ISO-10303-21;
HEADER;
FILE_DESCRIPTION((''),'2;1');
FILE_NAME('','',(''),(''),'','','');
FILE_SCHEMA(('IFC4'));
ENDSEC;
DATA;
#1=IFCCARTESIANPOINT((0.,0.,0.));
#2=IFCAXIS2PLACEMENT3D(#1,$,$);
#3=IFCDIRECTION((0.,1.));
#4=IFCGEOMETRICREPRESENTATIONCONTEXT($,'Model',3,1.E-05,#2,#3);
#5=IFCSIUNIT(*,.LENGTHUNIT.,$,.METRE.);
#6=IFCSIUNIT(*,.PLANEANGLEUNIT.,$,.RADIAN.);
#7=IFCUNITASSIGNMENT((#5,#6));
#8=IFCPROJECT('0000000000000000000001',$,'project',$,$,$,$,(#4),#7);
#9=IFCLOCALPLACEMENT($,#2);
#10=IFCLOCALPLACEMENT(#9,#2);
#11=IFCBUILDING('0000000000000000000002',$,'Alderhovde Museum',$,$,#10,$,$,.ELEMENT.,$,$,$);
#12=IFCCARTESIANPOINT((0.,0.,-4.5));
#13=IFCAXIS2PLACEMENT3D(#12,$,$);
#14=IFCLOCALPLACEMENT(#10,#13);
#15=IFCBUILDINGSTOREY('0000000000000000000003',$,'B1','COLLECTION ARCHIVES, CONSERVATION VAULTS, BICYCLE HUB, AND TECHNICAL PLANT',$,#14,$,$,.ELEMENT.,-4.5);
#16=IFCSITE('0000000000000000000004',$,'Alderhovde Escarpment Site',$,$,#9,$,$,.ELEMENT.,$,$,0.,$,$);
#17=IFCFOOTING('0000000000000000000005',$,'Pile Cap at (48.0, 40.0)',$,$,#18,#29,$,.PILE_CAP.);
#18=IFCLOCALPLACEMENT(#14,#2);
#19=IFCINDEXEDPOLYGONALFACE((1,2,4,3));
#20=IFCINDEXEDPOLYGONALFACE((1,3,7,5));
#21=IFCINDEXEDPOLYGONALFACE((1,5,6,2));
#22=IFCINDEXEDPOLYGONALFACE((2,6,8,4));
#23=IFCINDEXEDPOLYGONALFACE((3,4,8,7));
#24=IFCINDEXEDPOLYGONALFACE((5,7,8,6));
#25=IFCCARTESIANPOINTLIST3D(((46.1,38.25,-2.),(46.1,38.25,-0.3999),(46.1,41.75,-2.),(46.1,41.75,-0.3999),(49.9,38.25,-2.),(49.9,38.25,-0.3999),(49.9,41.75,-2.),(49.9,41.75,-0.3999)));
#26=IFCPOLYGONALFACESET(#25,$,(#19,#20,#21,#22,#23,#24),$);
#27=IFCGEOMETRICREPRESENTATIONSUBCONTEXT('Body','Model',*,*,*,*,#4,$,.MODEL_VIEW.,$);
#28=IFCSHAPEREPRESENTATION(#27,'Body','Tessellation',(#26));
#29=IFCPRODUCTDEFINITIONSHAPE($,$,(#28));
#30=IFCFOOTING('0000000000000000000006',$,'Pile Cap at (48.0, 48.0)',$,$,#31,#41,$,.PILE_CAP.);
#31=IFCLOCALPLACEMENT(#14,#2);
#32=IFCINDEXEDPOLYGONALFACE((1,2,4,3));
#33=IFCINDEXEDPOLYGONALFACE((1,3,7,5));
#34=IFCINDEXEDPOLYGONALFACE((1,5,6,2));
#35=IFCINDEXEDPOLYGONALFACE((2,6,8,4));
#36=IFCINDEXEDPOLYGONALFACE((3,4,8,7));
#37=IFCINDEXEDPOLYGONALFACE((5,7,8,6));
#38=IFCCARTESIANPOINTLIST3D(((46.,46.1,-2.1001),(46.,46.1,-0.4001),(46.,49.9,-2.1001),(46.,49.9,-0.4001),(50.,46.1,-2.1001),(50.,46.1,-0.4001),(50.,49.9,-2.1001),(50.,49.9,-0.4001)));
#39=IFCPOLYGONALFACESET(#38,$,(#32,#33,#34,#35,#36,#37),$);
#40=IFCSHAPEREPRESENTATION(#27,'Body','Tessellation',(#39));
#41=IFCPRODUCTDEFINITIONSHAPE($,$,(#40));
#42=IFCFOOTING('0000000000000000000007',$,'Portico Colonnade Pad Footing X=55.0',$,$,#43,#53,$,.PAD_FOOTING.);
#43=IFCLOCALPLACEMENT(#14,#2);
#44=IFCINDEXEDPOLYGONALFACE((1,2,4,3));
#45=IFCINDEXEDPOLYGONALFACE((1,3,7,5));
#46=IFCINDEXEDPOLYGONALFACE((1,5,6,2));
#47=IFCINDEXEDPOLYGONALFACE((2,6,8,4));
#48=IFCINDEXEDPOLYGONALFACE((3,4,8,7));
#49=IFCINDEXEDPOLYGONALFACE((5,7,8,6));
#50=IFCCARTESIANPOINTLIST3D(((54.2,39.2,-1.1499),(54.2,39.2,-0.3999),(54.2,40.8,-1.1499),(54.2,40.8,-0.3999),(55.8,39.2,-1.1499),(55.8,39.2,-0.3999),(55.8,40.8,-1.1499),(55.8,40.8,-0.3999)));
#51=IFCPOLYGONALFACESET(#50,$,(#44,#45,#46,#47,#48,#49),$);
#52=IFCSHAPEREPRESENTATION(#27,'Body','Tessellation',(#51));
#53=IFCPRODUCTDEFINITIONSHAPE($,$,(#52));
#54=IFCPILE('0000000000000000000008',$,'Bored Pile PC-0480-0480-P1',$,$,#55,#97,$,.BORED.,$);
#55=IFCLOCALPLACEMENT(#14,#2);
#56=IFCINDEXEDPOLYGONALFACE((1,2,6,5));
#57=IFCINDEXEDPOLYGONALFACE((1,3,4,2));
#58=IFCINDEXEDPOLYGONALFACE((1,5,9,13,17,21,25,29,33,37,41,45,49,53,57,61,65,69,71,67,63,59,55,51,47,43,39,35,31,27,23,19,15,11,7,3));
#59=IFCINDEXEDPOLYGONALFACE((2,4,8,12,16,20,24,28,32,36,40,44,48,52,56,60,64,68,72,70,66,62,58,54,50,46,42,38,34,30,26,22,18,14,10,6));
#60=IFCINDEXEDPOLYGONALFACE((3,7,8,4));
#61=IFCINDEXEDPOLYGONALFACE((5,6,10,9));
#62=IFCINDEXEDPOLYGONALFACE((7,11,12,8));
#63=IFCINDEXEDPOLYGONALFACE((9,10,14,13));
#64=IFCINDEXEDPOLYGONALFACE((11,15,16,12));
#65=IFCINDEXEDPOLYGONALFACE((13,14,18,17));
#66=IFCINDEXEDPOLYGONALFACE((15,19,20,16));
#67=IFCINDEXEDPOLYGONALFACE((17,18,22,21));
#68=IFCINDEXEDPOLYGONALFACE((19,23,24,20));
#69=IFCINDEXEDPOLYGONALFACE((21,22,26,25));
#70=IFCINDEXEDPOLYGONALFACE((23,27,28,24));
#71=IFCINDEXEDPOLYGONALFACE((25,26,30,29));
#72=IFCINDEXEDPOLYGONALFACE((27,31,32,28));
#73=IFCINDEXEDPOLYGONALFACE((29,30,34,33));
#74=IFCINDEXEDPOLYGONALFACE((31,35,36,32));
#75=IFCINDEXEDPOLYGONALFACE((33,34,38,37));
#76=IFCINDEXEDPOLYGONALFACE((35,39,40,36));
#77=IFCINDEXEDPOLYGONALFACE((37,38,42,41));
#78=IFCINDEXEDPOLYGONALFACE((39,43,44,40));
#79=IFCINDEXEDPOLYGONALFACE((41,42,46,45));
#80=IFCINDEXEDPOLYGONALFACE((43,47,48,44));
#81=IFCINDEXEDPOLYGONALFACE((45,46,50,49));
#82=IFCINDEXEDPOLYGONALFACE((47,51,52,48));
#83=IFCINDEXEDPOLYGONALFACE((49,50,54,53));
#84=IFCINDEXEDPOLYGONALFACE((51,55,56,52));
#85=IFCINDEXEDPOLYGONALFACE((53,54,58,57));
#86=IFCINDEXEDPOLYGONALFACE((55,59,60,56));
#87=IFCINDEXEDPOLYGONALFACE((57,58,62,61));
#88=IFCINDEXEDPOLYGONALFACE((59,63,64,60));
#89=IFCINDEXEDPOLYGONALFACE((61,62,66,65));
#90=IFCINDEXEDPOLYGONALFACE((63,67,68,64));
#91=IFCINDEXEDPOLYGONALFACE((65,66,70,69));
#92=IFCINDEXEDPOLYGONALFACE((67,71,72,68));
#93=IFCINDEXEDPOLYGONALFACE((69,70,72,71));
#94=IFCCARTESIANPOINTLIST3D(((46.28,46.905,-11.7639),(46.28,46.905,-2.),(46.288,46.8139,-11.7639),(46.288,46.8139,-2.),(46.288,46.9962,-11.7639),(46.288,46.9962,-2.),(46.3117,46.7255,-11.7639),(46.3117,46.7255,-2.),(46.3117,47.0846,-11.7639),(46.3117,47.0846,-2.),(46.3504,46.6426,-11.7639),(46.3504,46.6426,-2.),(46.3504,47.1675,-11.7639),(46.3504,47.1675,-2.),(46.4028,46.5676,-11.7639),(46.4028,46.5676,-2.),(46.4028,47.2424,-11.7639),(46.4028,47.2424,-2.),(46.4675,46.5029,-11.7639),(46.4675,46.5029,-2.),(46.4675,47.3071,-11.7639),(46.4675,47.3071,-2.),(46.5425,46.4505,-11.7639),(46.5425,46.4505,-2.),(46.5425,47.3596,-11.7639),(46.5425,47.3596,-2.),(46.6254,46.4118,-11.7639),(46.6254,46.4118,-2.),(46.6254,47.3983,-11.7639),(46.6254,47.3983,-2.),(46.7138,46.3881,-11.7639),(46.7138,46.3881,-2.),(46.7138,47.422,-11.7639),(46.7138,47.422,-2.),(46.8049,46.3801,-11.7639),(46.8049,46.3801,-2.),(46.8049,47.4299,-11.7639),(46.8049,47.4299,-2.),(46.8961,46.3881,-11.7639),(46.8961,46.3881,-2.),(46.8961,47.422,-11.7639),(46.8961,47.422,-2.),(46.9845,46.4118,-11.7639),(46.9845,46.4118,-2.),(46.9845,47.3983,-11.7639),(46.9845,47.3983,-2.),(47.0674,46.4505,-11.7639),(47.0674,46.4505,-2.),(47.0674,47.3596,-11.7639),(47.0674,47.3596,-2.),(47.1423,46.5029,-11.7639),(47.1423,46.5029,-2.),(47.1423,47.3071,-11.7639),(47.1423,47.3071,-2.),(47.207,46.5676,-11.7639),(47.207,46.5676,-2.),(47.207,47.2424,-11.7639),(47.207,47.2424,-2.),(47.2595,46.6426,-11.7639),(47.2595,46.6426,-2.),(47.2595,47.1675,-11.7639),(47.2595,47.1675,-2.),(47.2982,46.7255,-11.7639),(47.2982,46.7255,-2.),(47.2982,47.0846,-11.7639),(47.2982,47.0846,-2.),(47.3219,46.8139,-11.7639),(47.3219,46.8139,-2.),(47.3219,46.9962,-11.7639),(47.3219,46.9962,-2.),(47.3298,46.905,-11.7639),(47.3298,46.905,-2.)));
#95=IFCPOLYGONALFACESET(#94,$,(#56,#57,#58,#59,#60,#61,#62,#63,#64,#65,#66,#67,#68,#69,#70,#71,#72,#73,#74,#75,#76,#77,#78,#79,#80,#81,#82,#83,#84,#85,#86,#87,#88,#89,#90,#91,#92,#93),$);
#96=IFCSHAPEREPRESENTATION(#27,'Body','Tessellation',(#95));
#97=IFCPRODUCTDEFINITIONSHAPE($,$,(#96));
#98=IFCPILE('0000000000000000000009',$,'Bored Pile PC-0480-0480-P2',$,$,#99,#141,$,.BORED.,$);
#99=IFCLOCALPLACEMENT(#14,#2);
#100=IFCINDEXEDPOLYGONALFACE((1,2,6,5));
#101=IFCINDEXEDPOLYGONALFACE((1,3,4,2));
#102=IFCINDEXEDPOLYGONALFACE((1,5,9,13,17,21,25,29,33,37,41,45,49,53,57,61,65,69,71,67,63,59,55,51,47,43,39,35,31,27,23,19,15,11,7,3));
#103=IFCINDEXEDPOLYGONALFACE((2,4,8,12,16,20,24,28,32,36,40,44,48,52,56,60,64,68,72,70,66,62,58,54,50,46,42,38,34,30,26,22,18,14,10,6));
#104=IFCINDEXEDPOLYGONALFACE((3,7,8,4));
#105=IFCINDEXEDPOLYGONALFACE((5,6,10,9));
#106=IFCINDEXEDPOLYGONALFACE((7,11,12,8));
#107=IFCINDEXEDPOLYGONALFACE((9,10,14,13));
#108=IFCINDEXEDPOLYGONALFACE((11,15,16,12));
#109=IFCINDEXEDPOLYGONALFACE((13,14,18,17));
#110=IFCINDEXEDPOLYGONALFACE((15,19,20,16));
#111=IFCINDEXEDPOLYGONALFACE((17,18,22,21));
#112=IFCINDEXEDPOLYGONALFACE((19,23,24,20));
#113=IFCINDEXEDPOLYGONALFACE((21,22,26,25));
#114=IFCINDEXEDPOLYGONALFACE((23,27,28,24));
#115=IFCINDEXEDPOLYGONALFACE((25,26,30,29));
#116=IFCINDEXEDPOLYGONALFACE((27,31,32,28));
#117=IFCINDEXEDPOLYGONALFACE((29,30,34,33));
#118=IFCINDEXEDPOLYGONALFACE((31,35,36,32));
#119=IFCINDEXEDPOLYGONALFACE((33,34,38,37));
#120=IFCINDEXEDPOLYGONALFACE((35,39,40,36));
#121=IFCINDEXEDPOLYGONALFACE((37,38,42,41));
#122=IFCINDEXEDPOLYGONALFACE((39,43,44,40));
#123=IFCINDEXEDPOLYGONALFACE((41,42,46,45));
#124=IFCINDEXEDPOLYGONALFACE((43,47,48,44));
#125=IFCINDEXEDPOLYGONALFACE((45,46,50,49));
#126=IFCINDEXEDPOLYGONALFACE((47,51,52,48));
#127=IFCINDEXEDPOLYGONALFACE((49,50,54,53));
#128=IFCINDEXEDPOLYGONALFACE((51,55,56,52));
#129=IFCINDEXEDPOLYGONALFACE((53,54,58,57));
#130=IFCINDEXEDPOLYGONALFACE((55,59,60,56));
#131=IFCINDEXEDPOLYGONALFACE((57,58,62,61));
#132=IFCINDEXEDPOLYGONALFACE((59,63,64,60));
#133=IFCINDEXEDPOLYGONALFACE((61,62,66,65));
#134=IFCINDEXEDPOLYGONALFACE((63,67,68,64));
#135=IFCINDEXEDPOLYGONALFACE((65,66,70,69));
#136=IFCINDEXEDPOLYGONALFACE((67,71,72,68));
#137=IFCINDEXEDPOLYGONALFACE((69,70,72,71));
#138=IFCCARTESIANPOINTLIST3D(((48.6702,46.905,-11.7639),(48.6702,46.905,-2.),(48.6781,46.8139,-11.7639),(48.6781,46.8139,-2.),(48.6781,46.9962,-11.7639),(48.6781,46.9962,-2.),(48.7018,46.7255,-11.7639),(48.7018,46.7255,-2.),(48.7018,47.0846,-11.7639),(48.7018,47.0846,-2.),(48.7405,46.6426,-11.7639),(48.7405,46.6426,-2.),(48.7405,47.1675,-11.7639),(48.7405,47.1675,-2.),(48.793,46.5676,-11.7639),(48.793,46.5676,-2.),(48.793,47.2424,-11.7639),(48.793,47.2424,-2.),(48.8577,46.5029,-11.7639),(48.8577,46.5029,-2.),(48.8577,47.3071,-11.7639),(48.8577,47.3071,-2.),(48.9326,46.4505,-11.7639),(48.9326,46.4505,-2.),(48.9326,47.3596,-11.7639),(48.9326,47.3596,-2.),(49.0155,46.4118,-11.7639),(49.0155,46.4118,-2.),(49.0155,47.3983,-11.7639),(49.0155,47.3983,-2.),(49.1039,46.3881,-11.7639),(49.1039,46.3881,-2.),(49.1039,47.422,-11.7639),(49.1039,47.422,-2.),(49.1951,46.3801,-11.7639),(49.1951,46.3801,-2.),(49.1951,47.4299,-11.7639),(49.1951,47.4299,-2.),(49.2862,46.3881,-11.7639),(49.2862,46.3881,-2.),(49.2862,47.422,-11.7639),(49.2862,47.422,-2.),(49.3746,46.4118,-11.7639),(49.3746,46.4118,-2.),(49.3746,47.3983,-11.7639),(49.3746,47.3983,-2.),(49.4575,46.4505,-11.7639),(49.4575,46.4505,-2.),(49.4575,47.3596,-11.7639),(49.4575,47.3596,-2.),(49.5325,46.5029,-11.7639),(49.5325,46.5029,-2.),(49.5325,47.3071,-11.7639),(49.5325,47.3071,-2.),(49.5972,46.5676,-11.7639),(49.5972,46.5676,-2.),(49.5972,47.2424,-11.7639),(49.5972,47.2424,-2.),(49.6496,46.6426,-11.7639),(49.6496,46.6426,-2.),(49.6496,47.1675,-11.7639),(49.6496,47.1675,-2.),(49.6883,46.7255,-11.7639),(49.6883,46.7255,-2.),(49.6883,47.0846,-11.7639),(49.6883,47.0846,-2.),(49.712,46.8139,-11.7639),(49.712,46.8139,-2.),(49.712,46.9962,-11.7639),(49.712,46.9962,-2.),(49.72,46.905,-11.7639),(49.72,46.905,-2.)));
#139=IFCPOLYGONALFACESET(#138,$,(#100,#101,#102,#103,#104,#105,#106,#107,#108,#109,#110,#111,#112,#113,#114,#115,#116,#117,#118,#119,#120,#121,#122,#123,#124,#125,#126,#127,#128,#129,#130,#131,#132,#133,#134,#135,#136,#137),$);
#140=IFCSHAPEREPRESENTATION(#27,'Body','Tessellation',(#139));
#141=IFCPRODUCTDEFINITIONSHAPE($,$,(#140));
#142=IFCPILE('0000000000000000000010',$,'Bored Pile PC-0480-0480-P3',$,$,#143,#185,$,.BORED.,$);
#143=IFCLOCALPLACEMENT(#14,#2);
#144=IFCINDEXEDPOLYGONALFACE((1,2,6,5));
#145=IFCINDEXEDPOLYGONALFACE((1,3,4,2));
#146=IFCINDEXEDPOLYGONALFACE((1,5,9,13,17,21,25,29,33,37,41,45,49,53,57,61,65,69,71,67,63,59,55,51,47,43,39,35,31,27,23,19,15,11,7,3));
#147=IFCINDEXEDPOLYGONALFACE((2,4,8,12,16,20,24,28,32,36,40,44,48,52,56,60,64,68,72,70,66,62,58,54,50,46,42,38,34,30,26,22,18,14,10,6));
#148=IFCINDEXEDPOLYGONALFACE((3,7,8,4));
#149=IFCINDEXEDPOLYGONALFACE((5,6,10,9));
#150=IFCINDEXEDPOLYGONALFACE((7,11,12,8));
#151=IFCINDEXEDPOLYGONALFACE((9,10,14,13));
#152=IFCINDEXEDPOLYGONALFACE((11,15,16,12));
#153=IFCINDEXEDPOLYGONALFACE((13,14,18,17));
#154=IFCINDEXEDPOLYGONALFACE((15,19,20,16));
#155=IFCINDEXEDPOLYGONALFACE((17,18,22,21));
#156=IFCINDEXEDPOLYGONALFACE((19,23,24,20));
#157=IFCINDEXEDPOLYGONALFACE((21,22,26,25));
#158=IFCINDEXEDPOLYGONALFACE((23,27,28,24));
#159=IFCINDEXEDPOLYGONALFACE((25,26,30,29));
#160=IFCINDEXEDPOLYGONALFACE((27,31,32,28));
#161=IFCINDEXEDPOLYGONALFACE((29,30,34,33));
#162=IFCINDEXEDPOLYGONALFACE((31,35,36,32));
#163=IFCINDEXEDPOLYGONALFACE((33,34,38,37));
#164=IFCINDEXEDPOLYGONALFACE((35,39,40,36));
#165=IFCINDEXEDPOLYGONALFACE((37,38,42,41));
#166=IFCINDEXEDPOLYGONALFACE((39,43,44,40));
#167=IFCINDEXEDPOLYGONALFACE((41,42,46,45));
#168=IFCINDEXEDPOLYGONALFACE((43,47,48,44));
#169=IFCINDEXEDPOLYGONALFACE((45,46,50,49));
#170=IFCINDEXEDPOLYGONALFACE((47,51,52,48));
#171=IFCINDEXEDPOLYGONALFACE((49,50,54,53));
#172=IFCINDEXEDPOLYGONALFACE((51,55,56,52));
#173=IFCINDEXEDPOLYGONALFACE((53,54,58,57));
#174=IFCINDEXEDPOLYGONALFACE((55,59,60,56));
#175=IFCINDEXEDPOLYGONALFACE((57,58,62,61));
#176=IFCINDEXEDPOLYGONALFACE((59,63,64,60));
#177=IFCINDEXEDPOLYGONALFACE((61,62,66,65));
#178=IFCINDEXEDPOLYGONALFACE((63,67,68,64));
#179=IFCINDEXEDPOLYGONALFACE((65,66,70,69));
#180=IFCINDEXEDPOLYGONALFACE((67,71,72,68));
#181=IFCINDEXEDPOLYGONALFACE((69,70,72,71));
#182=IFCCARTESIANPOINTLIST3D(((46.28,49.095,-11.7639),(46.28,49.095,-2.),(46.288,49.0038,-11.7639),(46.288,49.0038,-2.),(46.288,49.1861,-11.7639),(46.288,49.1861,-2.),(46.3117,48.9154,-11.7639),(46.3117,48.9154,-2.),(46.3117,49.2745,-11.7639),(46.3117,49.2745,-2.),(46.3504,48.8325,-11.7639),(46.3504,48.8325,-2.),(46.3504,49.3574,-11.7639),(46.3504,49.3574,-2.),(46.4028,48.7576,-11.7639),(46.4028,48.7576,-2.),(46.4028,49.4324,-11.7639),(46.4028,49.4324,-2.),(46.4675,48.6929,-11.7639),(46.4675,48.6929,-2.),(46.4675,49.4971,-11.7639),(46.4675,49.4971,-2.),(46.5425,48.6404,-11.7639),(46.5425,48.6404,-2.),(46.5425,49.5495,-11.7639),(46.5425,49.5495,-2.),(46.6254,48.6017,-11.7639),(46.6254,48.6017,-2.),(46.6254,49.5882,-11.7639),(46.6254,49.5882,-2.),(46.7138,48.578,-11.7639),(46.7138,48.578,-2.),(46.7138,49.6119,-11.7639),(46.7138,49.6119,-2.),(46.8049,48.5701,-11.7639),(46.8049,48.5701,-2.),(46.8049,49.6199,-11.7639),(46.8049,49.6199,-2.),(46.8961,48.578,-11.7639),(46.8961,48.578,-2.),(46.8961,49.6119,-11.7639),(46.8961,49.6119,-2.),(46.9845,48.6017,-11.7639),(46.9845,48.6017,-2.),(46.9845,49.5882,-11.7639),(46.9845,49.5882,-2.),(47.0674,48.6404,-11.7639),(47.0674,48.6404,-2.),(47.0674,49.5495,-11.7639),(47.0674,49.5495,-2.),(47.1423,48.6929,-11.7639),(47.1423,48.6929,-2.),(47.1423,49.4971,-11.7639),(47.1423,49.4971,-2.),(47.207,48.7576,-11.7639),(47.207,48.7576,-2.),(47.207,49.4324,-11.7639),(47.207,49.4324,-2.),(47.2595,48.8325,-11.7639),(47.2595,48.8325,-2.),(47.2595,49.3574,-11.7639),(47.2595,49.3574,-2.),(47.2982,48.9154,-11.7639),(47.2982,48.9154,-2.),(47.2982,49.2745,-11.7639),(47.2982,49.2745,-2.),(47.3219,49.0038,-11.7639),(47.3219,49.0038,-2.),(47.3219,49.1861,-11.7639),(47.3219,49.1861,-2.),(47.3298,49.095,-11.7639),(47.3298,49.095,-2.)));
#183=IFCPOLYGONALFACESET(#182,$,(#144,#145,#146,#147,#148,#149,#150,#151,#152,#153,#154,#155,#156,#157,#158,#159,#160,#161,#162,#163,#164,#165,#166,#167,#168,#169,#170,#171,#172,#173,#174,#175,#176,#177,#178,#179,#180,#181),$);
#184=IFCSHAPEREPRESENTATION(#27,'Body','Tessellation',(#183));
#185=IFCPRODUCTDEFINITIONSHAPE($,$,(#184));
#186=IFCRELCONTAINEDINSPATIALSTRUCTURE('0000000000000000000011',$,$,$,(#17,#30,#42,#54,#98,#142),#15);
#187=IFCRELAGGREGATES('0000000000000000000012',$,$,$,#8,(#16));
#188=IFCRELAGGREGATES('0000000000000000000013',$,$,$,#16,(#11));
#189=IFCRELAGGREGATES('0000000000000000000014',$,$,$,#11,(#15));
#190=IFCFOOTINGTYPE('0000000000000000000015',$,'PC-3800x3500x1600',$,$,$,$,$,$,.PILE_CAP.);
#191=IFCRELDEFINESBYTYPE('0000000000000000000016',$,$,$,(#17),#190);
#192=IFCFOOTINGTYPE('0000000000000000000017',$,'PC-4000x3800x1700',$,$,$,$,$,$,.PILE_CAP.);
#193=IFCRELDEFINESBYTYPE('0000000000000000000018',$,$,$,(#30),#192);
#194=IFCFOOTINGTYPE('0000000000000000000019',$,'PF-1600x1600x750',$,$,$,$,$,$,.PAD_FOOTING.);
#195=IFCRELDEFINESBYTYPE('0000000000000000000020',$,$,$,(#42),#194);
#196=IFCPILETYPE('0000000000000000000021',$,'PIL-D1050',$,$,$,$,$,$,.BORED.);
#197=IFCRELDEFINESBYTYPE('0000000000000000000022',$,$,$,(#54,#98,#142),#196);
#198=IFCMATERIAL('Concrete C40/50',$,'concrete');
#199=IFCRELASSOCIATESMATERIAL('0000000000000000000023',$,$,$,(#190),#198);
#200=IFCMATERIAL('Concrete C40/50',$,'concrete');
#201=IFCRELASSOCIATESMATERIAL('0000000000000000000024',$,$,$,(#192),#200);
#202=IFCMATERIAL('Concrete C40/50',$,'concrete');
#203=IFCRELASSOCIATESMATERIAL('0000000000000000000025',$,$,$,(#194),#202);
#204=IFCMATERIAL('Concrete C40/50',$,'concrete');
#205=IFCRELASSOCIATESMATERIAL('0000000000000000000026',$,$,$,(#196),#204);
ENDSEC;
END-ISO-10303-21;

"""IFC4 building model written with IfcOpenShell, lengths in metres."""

from ifc_helpers import new_model, si_unit, direction, frame, origin, origin_2d, place, context, subcontext, project, spatial, rectangle, circle, extrude, material, material_profile, profile_set, type_object, element, save


model = new_model("IFC4")

# Units and contexts
model_context = context("Model", 3, precision=1e-05, world=origin(), true_north=direction((0.0, 1.0)))
body_context = subcontext(model_context, "Body", "Model", "MODEL_VIEW")
ifc_project = project(units=[si_unit("LENGTHUNIT", "METRE"), si_unit("PLANEANGLEUNIT", "RADIAN")], contexts=[model_context])

# Site, building, storey
site_placement = place(None, origin())
site = spatial("IfcSite", under=ifc_project, at=site_placement, Name="Alderhovde Escarpment Site", CompositionType="ELEMENT", RefElevation=0.0)
building_placement = place(site_placement, origin())
building = spatial("IfcBuilding", under=site, at=building_placement, Name="Alderhovde Museum", CompositionType="ELEMENT")
storey_placement = place(building_placement, frame((0.0, 0.0, -4.5)))
storey = spatial("IfcBuildingStorey", under=building, at=storey_placement, Name="B1", Description="COLLECTION ARCHIVES, CONSERVATION VAULTS, BICYCLE HUB, AND TECHNICAL PLANT", CompositionType="ELEMENT", Elevation=-4.5)

# Footings
ifc_material_1 = material(Name="Concrete C40/50", Category="concrete")
footing_type_1 = type_object("IfcFootingType", Name="PC-3800x3500x1600", PredefinedType="PILE_CAP", material=ifc_material_1)
footing_1_placement = place(storey_placement, frame((48.0, 40.0, -2.0), z_axis=(0.0, 0.0, 1.0), x_axis=(1.0, 0.0, 0.0)))
element("IfcFooting", 1, at=footing_1_placement, inside=storey, type_object=footing_type_1, Name="Pile Cap at (48.0, 40.0)", PredefinedType="PILE_CAP", context=body_context, shape_type="SweptSolid", body=[
    extrude(rectangle(XDim=3.8, YDim=3.5, at=origin_2d()), origin(), (0.0, 0.0, 1.0), 1.6001),
])
ifc_material_2 = material(Name="Concrete C40/50", Category="concrete")
footing_type_2 = type_object("IfcFootingType", Name="PC-4000x3800x1700", PredefinedType="PILE_CAP", material=ifc_material_2)
footing_2_placement = place(storey_placement, frame((48.0, 48.0, -2.1001), z_axis=(0.0, 0.0, 1.0), x_axis=(1.0, 0.0, 0.0)))
element("IfcFooting", 2, at=footing_2_placement, inside=storey, type_object=footing_type_2, Name="Pile Cap at (48.0, 48.0)", PredefinedType="PILE_CAP", context=body_context, shape_type="SweptSolid", body=[
    extrude(rectangle(XDim=4.0, YDim=3.8, at=origin_2d()), origin(), (0.0, 0.0, 1.0), 1.7),
])
ifc_material_3 = material(Name="Concrete C40/50", Category="concrete")
footing_type_3 = type_object("IfcFootingType", Name="PF-1600x1600x750", PredefinedType="PAD_FOOTING", material=ifc_material_3)
footing_3_placement = place(storey_placement, frame((55.0, 40.0, -1.1499), z_axis=(0.0, 0.0, 1.0), x_axis=(1.0, 0.0, 0.0)))
element("IfcFooting", 3, at=footing_3_placement, inside=storey, type_object=footing_type_3, Name="Portico Colonnade Pad Footing X=55.0", PredefinedType="PAD_FOOTING", context=body_context, shape_type="SweptSolid", body=[
    extrude(rectangle(XDim=1.6001, YDim=1.6001, at=origin_2d()), origin(), (0.0, 0.0, 1.0), 0.75),
])

# Piles
ifc_material_4 = material(Name="Concrete C40/50", Category="concrete")
ifc_material_profile_1 = material_profile(ifc_material_4, circle(Radius=0.5249, at=origin_2d()), Name="PILE-D1050")
ifc_profile_set_1 = profile_set([ifc_material_profile_1], Name="Concrete C40/50")
pile_type_1 = type_object("IfcPileType", Name="PIL-D1050", PredefinedType="BORED", material=ifc_profile_set_1)
for number, where, z_axis, x_axis, name in (
    (4, (46.8049, 46.905, -2.0), (0.0, 0.0, -1.0), (1.0, 0.0, 0.0), "Bored Pile PC-0480-0480-P1"),
    (5, (49.1951, 46.905, -2.0), (0.0, 0.0, -1.0), (1.0, 0.0, 0.0), "Bored Pile PC-0480-0480-P2"),
    (6, (46.8049, 49.095, -2.0), (0.0, 0.0, -1.0), (1.0, 0.0, 0.0), "Bored Pile PC-0480-0480-P3"),
):
    element("IfcPile", number, at=place(storey_placement, frame(where, z_axis=z_axis, x_axis=x_axis)), inside=storey, type_object=pile_type_1, Name=name, PredefinedType="BORED", context=body_context, shape_type="SweptSolid", body=[
        extrude(circle(Radius=0.5249, at=origin_2d()), origin(), (0.0, 0.0, 1.0), 9.7639),
    ])

save(model, "model.ifc")
